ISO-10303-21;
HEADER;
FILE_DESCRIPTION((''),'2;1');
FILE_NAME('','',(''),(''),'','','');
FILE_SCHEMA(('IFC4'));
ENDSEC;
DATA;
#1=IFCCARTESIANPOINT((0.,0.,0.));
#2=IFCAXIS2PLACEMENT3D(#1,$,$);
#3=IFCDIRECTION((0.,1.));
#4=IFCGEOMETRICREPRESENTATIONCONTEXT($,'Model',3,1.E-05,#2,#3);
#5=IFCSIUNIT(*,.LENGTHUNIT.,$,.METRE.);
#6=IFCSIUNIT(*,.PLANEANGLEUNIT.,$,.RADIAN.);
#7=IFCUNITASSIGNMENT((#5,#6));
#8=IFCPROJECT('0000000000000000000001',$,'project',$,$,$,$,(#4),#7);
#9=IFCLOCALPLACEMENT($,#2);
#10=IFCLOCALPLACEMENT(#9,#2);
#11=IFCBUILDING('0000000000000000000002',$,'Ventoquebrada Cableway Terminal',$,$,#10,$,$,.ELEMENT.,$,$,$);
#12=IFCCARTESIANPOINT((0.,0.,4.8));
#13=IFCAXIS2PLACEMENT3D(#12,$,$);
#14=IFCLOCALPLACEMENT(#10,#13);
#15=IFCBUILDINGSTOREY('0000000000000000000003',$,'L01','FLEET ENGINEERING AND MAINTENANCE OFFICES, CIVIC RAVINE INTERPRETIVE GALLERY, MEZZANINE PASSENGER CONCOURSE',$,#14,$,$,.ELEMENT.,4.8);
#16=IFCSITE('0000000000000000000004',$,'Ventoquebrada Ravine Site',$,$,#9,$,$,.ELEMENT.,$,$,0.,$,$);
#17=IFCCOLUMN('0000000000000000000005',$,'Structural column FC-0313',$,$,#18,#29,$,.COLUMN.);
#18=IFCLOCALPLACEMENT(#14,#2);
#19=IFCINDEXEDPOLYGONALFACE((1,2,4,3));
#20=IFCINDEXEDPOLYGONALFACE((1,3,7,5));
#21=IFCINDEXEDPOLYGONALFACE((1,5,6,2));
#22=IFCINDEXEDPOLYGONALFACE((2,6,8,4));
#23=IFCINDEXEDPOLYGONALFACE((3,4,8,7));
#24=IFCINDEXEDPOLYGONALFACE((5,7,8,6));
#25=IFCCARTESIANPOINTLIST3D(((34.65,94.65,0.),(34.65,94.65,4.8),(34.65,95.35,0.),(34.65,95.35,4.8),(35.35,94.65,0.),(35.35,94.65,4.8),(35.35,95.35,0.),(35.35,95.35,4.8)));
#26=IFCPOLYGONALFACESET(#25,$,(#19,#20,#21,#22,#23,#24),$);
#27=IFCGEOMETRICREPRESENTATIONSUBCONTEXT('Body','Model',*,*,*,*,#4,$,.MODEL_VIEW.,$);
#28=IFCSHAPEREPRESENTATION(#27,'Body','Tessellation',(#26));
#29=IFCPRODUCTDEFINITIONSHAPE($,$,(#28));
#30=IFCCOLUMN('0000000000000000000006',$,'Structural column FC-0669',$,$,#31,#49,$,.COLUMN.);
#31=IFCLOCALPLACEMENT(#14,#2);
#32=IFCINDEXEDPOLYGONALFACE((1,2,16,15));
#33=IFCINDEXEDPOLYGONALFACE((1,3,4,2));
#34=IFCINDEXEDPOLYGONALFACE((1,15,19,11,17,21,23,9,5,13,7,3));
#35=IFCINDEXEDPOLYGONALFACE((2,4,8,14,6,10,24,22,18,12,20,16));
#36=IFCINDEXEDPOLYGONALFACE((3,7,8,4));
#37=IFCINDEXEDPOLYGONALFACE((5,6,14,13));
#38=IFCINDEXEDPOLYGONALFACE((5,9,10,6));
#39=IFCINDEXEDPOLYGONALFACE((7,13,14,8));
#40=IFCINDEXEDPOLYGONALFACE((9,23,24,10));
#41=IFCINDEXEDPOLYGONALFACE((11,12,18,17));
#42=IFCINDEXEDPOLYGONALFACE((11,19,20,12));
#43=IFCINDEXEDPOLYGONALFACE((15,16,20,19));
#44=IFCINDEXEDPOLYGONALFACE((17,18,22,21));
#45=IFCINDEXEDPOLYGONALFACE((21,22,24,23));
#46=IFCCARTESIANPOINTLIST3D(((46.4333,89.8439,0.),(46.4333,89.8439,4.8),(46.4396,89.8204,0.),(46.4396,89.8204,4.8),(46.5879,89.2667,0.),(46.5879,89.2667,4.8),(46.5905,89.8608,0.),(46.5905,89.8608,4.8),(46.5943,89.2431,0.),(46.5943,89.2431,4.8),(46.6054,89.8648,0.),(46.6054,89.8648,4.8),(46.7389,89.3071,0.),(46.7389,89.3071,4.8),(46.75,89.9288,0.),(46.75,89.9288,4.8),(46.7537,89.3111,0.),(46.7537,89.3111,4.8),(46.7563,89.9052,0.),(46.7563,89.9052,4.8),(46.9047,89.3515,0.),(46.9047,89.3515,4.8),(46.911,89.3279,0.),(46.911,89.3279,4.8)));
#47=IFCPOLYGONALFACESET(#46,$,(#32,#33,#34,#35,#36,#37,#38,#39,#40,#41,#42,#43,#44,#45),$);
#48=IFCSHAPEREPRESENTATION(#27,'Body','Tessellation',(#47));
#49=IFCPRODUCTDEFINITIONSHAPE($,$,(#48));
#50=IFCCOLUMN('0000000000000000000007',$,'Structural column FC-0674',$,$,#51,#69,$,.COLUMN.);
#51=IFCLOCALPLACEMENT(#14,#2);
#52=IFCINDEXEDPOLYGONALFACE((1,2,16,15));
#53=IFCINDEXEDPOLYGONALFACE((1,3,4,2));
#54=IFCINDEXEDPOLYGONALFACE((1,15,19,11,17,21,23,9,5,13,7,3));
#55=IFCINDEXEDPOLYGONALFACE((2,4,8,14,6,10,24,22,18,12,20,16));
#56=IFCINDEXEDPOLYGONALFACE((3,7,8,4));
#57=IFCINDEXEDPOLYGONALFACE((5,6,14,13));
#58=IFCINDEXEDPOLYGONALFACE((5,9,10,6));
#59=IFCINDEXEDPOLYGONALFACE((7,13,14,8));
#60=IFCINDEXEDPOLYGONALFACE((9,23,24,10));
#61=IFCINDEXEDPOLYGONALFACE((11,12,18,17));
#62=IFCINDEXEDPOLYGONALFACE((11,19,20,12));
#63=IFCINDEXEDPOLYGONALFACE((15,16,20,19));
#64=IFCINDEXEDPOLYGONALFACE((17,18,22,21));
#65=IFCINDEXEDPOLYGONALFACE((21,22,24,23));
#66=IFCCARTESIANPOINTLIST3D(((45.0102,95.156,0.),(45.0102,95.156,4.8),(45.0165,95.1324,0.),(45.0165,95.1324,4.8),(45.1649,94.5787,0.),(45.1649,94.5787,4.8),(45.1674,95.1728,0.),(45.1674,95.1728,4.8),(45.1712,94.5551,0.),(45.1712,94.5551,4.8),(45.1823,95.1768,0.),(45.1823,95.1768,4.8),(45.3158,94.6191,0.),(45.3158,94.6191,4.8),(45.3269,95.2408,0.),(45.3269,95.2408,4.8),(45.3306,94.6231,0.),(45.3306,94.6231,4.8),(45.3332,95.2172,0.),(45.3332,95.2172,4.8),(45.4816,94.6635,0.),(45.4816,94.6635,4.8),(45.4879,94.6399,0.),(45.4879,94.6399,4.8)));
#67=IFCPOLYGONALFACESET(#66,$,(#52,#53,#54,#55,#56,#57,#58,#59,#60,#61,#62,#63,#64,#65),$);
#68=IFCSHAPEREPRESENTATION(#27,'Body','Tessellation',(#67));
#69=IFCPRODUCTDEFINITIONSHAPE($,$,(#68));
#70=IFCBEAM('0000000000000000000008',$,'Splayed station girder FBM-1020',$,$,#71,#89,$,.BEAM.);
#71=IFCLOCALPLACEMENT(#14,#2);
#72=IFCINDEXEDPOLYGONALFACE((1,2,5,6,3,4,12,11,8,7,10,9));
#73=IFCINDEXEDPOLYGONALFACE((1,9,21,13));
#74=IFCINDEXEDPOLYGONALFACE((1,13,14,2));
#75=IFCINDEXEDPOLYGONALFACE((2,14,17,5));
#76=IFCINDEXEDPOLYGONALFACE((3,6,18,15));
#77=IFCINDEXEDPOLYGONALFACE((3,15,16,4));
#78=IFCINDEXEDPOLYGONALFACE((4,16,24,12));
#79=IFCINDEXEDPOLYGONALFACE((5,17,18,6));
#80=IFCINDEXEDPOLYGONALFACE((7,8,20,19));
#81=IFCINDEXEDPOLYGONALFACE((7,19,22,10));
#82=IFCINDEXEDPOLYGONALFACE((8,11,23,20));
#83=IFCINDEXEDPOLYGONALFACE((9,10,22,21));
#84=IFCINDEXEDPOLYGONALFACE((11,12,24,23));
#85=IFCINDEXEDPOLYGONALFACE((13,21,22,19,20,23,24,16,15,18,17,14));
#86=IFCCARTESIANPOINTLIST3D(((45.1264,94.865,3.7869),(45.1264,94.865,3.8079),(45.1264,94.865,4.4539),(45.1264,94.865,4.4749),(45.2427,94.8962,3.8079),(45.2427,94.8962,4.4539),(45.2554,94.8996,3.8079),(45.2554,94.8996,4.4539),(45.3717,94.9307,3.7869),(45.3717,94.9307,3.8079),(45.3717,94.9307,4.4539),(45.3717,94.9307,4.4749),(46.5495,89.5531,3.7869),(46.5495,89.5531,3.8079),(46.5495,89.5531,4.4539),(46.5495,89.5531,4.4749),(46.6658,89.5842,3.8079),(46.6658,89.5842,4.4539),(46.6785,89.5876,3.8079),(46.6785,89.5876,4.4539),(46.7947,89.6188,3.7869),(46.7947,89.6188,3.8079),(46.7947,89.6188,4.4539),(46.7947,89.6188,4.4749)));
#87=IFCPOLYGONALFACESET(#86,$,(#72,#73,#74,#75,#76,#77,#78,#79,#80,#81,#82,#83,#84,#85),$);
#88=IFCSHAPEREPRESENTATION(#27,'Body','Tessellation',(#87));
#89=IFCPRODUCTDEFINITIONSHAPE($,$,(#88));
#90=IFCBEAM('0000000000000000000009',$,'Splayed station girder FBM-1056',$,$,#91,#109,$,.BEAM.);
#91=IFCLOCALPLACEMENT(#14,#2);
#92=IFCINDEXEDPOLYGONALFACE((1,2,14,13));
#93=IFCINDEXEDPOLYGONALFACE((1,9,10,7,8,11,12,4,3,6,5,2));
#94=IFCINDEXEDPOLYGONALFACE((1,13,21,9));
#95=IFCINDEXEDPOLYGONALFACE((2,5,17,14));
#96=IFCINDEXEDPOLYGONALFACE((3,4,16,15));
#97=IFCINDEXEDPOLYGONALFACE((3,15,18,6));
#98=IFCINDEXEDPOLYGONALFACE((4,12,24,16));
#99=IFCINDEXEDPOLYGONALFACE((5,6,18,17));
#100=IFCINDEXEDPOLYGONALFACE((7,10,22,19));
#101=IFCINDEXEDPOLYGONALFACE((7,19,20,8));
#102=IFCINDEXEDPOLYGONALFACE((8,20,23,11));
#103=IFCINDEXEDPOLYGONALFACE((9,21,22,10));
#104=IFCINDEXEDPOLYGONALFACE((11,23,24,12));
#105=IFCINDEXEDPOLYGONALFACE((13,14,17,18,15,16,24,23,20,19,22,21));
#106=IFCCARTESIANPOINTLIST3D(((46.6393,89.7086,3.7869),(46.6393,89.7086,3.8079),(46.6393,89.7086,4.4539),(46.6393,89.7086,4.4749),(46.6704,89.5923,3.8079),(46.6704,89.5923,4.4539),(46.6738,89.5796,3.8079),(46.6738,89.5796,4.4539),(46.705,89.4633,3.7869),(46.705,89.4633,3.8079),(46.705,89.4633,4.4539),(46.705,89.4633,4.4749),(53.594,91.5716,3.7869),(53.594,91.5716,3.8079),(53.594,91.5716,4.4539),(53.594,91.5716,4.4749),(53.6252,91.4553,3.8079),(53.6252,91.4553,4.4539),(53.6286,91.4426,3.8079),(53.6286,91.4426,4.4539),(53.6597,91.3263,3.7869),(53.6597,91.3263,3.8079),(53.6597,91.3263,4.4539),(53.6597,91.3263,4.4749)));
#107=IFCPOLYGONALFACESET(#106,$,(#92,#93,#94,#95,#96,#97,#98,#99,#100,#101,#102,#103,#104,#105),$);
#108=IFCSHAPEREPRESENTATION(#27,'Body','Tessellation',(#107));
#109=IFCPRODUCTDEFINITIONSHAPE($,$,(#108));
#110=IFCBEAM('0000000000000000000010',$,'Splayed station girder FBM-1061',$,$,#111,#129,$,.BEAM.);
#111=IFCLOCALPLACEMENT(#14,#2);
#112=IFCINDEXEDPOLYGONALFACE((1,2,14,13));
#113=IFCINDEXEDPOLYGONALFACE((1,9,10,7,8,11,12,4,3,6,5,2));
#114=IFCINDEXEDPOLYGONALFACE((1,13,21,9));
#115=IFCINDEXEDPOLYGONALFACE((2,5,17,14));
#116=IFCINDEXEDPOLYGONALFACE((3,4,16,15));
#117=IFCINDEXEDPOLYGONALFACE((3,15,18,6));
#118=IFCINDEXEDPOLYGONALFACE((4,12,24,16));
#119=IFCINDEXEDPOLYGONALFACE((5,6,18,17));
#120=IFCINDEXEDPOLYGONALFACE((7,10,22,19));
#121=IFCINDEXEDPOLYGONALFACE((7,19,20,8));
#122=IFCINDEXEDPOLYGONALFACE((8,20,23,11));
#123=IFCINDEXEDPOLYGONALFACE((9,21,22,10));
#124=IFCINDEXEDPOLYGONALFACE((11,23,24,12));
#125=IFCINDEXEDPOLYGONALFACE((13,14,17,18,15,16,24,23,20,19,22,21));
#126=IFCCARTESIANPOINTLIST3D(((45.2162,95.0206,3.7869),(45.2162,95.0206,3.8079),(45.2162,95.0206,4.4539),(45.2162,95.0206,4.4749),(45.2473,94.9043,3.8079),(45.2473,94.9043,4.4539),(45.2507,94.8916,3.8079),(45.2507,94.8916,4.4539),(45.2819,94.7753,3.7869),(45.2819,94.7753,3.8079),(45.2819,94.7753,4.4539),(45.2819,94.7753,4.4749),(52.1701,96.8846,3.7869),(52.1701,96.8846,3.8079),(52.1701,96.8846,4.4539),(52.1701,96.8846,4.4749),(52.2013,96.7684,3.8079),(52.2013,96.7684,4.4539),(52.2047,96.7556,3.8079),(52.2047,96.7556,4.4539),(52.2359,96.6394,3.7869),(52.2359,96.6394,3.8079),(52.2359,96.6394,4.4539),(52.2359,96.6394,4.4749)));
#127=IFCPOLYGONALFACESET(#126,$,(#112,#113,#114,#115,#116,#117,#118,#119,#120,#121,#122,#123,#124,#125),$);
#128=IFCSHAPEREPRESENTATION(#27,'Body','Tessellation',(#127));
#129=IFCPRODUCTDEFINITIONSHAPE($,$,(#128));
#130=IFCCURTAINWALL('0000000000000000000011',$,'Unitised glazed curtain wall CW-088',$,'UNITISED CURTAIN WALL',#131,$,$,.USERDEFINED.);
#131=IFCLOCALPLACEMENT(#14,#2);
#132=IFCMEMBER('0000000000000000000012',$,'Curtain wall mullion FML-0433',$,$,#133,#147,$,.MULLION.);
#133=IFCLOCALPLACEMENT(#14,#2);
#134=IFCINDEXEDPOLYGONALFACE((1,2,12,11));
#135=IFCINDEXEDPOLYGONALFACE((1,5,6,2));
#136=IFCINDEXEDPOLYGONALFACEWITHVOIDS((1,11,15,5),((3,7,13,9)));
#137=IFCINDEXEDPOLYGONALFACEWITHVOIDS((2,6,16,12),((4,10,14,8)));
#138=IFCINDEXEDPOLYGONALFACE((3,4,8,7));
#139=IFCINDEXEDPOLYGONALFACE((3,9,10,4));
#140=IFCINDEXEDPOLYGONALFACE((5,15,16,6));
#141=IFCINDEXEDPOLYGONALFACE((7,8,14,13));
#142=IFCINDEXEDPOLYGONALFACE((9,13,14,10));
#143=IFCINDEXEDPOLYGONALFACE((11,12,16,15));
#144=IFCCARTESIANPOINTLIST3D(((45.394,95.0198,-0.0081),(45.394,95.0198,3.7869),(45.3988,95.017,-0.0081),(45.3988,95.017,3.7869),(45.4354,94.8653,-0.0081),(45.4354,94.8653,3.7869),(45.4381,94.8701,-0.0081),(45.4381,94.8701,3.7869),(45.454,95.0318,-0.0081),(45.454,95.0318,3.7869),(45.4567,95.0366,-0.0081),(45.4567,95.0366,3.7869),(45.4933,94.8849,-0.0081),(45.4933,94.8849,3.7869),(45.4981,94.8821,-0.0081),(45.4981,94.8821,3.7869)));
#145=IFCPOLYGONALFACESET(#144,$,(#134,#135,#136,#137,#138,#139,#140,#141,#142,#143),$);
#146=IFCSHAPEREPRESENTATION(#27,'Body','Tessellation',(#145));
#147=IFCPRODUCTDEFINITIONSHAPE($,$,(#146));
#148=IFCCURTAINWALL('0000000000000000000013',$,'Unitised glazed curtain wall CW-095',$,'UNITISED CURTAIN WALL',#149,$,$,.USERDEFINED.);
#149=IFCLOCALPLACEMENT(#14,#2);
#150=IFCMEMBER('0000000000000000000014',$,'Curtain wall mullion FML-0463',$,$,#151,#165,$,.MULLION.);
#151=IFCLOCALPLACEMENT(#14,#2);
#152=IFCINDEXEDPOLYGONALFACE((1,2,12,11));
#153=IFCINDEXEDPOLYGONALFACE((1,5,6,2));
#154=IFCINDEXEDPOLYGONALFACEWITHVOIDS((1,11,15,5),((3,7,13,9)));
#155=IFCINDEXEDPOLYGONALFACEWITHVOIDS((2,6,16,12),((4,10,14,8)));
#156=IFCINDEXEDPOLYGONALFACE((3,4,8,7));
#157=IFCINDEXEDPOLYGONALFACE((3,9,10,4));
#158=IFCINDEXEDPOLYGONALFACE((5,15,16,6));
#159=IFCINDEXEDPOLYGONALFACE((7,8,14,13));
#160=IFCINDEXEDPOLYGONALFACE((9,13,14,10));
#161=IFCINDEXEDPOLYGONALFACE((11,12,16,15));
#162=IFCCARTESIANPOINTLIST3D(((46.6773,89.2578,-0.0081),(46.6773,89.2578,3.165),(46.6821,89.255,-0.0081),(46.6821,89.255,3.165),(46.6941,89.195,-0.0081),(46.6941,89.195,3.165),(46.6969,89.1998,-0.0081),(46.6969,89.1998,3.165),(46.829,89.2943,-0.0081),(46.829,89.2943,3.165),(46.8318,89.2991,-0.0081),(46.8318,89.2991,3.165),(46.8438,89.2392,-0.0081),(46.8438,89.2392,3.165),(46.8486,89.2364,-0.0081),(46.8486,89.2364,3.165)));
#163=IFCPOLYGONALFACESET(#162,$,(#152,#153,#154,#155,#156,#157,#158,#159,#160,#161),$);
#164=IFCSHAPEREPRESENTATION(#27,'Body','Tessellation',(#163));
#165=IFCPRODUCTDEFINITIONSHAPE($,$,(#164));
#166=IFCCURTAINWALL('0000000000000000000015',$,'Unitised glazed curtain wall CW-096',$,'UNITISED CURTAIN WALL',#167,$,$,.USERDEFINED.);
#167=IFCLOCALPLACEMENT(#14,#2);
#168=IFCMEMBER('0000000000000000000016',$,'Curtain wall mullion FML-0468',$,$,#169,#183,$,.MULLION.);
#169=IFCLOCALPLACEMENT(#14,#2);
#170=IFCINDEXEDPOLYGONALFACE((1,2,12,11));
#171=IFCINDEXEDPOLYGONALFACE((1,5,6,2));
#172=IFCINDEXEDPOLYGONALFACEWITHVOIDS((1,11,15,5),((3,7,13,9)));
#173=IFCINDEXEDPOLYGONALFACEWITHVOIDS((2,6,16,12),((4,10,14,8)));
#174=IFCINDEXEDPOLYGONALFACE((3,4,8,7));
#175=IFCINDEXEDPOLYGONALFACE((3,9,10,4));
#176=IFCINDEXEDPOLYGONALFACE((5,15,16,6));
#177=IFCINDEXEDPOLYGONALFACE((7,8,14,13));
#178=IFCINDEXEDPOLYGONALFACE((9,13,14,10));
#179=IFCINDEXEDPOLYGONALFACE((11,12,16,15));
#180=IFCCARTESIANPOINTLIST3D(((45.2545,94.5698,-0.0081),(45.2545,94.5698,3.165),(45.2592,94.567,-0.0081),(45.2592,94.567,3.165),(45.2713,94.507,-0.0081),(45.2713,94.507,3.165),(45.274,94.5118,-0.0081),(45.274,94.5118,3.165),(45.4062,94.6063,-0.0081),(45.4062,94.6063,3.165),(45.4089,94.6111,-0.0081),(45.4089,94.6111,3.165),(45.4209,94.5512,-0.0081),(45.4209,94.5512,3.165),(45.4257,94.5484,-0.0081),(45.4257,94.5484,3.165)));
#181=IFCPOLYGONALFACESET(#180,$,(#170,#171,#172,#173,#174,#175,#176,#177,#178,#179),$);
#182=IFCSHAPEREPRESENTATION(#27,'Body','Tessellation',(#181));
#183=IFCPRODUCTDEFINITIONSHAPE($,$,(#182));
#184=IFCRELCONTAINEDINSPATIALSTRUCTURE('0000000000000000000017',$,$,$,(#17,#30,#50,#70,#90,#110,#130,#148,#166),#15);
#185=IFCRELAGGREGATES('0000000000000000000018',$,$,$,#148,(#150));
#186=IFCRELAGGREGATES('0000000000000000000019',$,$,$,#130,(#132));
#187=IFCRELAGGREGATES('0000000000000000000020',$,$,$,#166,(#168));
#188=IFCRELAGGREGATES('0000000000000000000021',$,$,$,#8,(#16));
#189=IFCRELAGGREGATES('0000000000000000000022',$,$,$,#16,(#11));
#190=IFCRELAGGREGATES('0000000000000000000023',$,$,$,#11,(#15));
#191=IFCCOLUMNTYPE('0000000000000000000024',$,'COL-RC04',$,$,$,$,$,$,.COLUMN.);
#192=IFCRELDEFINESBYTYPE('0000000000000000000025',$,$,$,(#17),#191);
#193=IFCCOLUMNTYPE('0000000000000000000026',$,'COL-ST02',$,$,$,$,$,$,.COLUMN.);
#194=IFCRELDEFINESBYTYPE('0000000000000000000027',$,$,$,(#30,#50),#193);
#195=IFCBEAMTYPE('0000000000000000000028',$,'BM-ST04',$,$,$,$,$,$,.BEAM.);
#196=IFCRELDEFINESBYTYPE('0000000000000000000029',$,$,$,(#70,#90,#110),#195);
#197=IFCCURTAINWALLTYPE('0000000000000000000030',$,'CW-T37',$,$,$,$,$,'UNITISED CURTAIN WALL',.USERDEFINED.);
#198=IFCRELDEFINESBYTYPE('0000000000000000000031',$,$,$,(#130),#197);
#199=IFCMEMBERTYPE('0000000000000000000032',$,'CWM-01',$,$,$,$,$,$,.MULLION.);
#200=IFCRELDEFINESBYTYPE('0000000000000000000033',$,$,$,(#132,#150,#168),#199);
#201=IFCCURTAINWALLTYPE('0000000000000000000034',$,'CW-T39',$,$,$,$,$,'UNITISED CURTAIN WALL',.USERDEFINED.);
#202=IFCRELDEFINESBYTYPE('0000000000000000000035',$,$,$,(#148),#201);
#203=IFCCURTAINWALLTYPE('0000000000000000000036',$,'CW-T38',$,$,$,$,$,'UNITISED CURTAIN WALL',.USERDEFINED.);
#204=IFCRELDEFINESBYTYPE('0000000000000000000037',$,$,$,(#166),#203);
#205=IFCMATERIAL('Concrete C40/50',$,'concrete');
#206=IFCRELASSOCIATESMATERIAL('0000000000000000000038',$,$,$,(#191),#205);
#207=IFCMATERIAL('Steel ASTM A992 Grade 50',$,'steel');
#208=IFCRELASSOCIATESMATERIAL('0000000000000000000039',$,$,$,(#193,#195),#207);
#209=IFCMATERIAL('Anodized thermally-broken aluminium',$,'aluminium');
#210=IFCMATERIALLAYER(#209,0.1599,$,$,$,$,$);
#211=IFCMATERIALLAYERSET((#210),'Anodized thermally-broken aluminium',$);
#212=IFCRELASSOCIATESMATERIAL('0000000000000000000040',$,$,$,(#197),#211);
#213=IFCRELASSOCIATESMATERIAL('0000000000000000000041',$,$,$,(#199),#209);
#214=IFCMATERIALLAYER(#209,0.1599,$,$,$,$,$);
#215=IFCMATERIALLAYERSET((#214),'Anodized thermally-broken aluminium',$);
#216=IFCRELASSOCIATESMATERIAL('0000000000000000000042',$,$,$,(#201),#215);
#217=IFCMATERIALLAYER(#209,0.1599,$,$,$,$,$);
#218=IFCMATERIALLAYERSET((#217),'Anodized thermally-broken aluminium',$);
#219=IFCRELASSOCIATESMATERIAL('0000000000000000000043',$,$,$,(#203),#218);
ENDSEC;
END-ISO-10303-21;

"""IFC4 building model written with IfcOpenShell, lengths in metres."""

from ifc_helpers import new_model, si_unit, direction, frame, origin, origin_2d, place, context, subcontext, project, spatial, rectangle, hollow_rectangle, i_section, extrude, material, layer, layer_set, material_profile, profile_set, type_object, element, aggregate, save


model = new_model("IFC4")

# Units and contexts
model_context = context("Model", 3, precision=1e-05, world=origin(), true_north=direction((0.0, 1.0)))
body_context = subcontext(model_context, "Body", "Model", "MODEL_VIEW")
ifc_project = project(units=[si_unit("LENGTHUNIT", "METRE"), si_unit("PLANEANGLEUNIT", "RADIAN")], contexts=[model_context])

# Site, building, storey
site_placement = place(None, origin())
site = spatial("IfcSite", under=ifc_project, at=site_placement, Name="Ventoquebrada Ravine Site", CompositionType="ELEMENT", RefElevation=0.0)
building_placement = place(site_placement, origin())
building = spatial("IfcBuilding", under=site, at=building_placement, Name="Ventoquebrada Cableway Terminal", CompositionType="ELEMENT")
storey_placement = place(building_placement, frame((0.0, 0.0, 4.8)))
storey = spatial("IfcBuildingStorey", under=building, at=storey_placement, Name="L01", Description="FLEET ENGINEERING AND MAINTENANCE OFFICES, CIVIC RAVINE INTERPRETIVE GALLERY, MEZZANINE PASSENGER CONCOURSE", CompositionType="ELEMENT", Elevation=4.8)

# Columns
ifc_material_1 = material(Name="Concrete C40/50", Category="concrete")
ifc_material_profile_1 = material_profile(ifc_material_1, rectangle(XDim=0.7, YDim=0.7, at=origin_2d()), Name="RC-COL-700X700")
ifc_profile_set_1 = profile_set([ifc_material_profile_1], Name="Concrete C40/50")
column_type_1 = type_object("IfcColumnType", Name="COL-RC04", PredefinedType="COLUMN", material=ifc_profile_set_1)
column_placement = place(storey_placement, frame((35.0, 95.0, 0.0), z_axis=(0.0, 0.0, 1.0), x_axis=(1.0, 0.0, 0.0)))
element("IfcColumn", 1, at=column_placement, inside=storey, type_object=column_type_1, Name="Structural column FC-0313", PredefinedType="COLUMN", context=body_context, shape_type="SweptSolid", body=[
    extrude(rectangle(XDim=0.7, YDim=0.7, at=origin_2d()), origin(), (0.0, 0.0, 1.0), 4.8),
])
ifc_material_2 = material(Name="Steel ASTM A992 Grade 50", Category="steel")
ifc_material_profile_2 = material_profile(ifc_material_2, i_section(OverallWidth=0.3279, OverallDepth=0.6221, WebThickness=0.0154, FlangeThickness=0.0244, at=origin_2d()), Name="W24X131")
ifc_profile_set_2 = profile_set([ifc_material_profile_2], Name="Steel ASTM A992 Grade 50")
column_type_2 = type_object("IfcColumnType", Name="COL-ST02", PredefinedType="COLUMN", material=ifc_profile_set_2)
for number, where, z_axis, x_axis, name in (
    (2, (46.6721, 89.5859, 0.0), (0.0, 0.0, 1.0), (0.965926, 0.258819, 0.0), "Structural column FC-0669"),
    (3, (45.249, 94.8979, 0.0), (0.0, 0.0, 1.0), (0.965926, 0.258819, 0.0), "Structural column FC-0674"),
):
    element("IfcColumn", number, at=place(storey_placement, frame(where, z_axis=z_axis, x_axis=x_axis)), inside=storey, type_object=column_type_2, Name=name, PredefinedType="COLUMN", context=body_context, shape_type="SweptSolid", body=[
        extrude(i_section(OverallWidth=0.3279, OverallDepth=0.6221, WebThickness=0.0154, FlangeThickness=0.0244, at=origin_2d()), origin(), (0.0, 0.0, 1.0), 4.8),
    ])

# Beams
ifc_material_profile_3 = material_profile(ifc_material_2, i_section(OverallWidth=0.2539, OverallDepth=0.688, WebThickness=0.0132, FlangeThickness=0.021, at=origin_2d()), Name="W27X102")
ifc_profile_set_3 = profile_set([ifc_material_profile_3], Name="Steel ASTM A992 Grade 50")
beam_type_1 = type_object("IfcBeamType", Name="BM-ST04", PredefinedType="BEAM", material=ifc_profile_set_3)
beam_1_placement = place(storey_placement, frame((46.6721, 89.5859, 4.1309), z_axis=(-0.258776, 0.965937, 0.0), x_axis=(-0.965937, -0.258776, 0.0)))
element("IfcBeam", 4, at=beam_1_placement, inside=storey, type_object=beam_type_1, Name="Splayed station girder FBM-1020", PredefinedType="BEAM", context=body_context, shape_type="SweptSolid", body=[
    extrude(i_section(OverallWidth=0.2539, OverallDepth=0.688, WebThickness=0.0132, FlangeThickness=0.021, at=origin_2d()), origin(), (0.0, 0.0, 1.0), 5.4993),
])
beam_2_placement = place(storey_placement, frame((46.6721, 89.5859, 4.1309), z_axis=(0.965943, 0.258754, 0.0), x_axis=(-0.258754, 0.965943, 0.0)))
element("IfcBeam", 5, at=beam_2_placement, inside=storey, type_object=beam_type_1, Name="Splayed station girder FBM-1056", PredefinedType="BEAM", context=body_context, shape_type="SweptSolid", body=[
    extrude(i_section(OverallWidth=0.2539, OverallDepth=0.688, WebThickness=0.0132, FlangeThickness=0.021, at=origin_2d()), origin(), (0.0, 0.0, 1.0), 7.2),
])
beam_3_placement = place(storey_placement, frame((45.249, 94.8979, 4.1309), z_axis=(0.9659, 0.258914, 0.0), x_axis=(-0.258914, 0.9659, 0.0)))
element("IfcBeam", 6, at=beam_3_placement, inside=storey, type_object=beam_type_1, Name="Splayed station girder FBM-1061", PredefinedType="BEAM", context=body_context, shape_type="SweptSolid", body=[
    extrude(i_section(OverallWidth=0.2539, OverallDepth=0.688, WebThickness=0.0132, FlangeThickness=0.021, at=origin_2d()), origin(), (0.0, 0.0, 1.0), 7.1995),
])

# Curtain walls, members
ifc_material_3 = material(Name="Anodized thermally-broken aluminium", Category="aluminium")
ifc_layer_1 = layer(ifc_material_3, 0.1599)
ifc_layer_set_1 = layer_set([ifc_layer_1], Name="Anodized thermally-broken aluminium")
curtain_wall_type_1 = type_object("IfcCurtainWallType", Name="CW-T37", ElementType="UNITISED CURTAIN WALL", PredefinedType="USERDEFINED", material=ifc_layer_set_1)
curtain_wall_1_placement = place(storey_placement, origin())
curtain_wall_1 = element("IfcCurtainWall", 7, at=curtain_wall_1_placement, inside=storey, type_object=curtain_wall_type_1, Name="Unitised glazed curtain wall CW-088", ObjectType="UNITISED CURTAIN WALL", PredefinedType="USERDEFINED")
ifc_material_profile_4 = material_profile(ifc_material_3, hollow_rectangle(XDim=0.0649, YDim=0.1599, WallThickness=0.0039, at=origin_2d()), Name="CW-MUL-65X160")
ifc_profile_set_4 = profile_set([ifc_material_profile_4], Name="Anodized thermally-broken aluminium")
member_type_1 = type_object("IfcMemberType", Name="CWM-01", PredefinedType="MULLION", material=ifc_profile_set_4)
member_1_placement = place(storey_placement, frame((45.446, 94.9509, -0.0081), z_axis=(0.0, 0.0, 1.0), x_axis=(-0.965926, -0.258819, 0.0)))
member_1 = element("IfcMember", 8, at=member_1_placement, type_object=member_type_1, Name="Curtain wall mullion FML-0433", PredefinedType="MULLION", context=body_context, shape_type="SweptSolid", body=[
    extrude(hollow_rectangle(XDim=0.0649, YDim=0.1599, WallThickness=0.0039, at=origin_2d()), origin(), (0.0, 0.0, 1.0), 3.7949),
])
ifc_layer_2 = layer(ifc_material_3, 0.1599)
ifc_layer_set_2 = layer_set([ifc_layer_2], Name="Anodized thermally-broken aluminium")
curtain_wall_type_2 = type_object("IfcCurtainWallType", Name="CW-T39", ElementType="UNITISED CURTAIN WALL", PredefinedType="USERDEFINED", material=ifc_layer_set_2)
curtain_wall_2_placement = place(storey_placement, origin())
curtain_wall_2 = element("IfcCurtainWall", 9, at=curtain_wall_2_placement, inside=storey, type_object=curtain_wall_type_2, Name="Unitised glazed curtain wall CW-095", ObjectType="UNITISED CURTAIN WALL", PredefinedType="USERDEFINED")
member_2_placement = place(storey_placement, frame((46.7629, 89.2471, -0.0081), z_axis=(0.0, 0.0, 1.0), x_axis=(0.258701, -0.965957, 0.0)))
member_2 = element("IfcMember", 10, at=member_2_placement, type_object=member_type_1, Name="Curtain wall mullion FML-0463", PredefinedType="MULLION", context=body_context, shape_type="SweptSolid", body=[
    extrude(hollow_rectangle(XDim=0.0649, YDim=0.1599, WallThickness=0.0039, at=origin_2d()), origin(), (0.0, 0.0, 1.0), 3.1731),
])

# Curtain wall, member
ifc_layer_3 = layer(ifc_material_3, 0.1599)
ifc_layer_set_3 = layer_set([ifc_layer_3], Name="Anodized thermally-broken aluminium")
curtain_wall_type_3 = type_object("IfcCurtainWallType", Name="CW-T38", ElementType="UNITISED CURTAIN WALL", PredefinedType="USERDEFINED", material=ifc_layer_set_3)
curtain_wall_3_placement = place(storey_placement, origin())
curtain_wall_3 = element("IfcCurtainWall", 11, at=curtain_wall_3_placement, inside=storey, type_object=curtain_wall_type_3, Name="Unitised glazed curtain wall CW-096", ObjectType="UNITISED CURTAIN WALL", PredefinedType="USERDEFINED")
member_3_placement = place(storey_placement, frame((45.3401, 94.5591, -0.0081), z_axis=(0.0, 0.0, 1.0), x_axis=(0.25865, -0.965971, 0.0)))
member_3 = element("IfcMember", 12, at=member_3_placement, type_object=member_type_1, Name="Curtain wall mullion FML-0468", PredefinedType="MULLION", context=body_context, shape_type="SweptSolid", body=[
    extrude(hollow_rectangle(XDim=0.0649, YDim=0.1599, WallThickness=0.0039, at=origin_2d()), origin(), (0.0, 0.0, 1.0), 3.1731),
])

aggregate(curtain_wall_2, [member_2])

aggregate(curtain_wall_1, [member_1])
aggregate(curtain_wall_3, [member_3])

save(model, "model.ifc")
